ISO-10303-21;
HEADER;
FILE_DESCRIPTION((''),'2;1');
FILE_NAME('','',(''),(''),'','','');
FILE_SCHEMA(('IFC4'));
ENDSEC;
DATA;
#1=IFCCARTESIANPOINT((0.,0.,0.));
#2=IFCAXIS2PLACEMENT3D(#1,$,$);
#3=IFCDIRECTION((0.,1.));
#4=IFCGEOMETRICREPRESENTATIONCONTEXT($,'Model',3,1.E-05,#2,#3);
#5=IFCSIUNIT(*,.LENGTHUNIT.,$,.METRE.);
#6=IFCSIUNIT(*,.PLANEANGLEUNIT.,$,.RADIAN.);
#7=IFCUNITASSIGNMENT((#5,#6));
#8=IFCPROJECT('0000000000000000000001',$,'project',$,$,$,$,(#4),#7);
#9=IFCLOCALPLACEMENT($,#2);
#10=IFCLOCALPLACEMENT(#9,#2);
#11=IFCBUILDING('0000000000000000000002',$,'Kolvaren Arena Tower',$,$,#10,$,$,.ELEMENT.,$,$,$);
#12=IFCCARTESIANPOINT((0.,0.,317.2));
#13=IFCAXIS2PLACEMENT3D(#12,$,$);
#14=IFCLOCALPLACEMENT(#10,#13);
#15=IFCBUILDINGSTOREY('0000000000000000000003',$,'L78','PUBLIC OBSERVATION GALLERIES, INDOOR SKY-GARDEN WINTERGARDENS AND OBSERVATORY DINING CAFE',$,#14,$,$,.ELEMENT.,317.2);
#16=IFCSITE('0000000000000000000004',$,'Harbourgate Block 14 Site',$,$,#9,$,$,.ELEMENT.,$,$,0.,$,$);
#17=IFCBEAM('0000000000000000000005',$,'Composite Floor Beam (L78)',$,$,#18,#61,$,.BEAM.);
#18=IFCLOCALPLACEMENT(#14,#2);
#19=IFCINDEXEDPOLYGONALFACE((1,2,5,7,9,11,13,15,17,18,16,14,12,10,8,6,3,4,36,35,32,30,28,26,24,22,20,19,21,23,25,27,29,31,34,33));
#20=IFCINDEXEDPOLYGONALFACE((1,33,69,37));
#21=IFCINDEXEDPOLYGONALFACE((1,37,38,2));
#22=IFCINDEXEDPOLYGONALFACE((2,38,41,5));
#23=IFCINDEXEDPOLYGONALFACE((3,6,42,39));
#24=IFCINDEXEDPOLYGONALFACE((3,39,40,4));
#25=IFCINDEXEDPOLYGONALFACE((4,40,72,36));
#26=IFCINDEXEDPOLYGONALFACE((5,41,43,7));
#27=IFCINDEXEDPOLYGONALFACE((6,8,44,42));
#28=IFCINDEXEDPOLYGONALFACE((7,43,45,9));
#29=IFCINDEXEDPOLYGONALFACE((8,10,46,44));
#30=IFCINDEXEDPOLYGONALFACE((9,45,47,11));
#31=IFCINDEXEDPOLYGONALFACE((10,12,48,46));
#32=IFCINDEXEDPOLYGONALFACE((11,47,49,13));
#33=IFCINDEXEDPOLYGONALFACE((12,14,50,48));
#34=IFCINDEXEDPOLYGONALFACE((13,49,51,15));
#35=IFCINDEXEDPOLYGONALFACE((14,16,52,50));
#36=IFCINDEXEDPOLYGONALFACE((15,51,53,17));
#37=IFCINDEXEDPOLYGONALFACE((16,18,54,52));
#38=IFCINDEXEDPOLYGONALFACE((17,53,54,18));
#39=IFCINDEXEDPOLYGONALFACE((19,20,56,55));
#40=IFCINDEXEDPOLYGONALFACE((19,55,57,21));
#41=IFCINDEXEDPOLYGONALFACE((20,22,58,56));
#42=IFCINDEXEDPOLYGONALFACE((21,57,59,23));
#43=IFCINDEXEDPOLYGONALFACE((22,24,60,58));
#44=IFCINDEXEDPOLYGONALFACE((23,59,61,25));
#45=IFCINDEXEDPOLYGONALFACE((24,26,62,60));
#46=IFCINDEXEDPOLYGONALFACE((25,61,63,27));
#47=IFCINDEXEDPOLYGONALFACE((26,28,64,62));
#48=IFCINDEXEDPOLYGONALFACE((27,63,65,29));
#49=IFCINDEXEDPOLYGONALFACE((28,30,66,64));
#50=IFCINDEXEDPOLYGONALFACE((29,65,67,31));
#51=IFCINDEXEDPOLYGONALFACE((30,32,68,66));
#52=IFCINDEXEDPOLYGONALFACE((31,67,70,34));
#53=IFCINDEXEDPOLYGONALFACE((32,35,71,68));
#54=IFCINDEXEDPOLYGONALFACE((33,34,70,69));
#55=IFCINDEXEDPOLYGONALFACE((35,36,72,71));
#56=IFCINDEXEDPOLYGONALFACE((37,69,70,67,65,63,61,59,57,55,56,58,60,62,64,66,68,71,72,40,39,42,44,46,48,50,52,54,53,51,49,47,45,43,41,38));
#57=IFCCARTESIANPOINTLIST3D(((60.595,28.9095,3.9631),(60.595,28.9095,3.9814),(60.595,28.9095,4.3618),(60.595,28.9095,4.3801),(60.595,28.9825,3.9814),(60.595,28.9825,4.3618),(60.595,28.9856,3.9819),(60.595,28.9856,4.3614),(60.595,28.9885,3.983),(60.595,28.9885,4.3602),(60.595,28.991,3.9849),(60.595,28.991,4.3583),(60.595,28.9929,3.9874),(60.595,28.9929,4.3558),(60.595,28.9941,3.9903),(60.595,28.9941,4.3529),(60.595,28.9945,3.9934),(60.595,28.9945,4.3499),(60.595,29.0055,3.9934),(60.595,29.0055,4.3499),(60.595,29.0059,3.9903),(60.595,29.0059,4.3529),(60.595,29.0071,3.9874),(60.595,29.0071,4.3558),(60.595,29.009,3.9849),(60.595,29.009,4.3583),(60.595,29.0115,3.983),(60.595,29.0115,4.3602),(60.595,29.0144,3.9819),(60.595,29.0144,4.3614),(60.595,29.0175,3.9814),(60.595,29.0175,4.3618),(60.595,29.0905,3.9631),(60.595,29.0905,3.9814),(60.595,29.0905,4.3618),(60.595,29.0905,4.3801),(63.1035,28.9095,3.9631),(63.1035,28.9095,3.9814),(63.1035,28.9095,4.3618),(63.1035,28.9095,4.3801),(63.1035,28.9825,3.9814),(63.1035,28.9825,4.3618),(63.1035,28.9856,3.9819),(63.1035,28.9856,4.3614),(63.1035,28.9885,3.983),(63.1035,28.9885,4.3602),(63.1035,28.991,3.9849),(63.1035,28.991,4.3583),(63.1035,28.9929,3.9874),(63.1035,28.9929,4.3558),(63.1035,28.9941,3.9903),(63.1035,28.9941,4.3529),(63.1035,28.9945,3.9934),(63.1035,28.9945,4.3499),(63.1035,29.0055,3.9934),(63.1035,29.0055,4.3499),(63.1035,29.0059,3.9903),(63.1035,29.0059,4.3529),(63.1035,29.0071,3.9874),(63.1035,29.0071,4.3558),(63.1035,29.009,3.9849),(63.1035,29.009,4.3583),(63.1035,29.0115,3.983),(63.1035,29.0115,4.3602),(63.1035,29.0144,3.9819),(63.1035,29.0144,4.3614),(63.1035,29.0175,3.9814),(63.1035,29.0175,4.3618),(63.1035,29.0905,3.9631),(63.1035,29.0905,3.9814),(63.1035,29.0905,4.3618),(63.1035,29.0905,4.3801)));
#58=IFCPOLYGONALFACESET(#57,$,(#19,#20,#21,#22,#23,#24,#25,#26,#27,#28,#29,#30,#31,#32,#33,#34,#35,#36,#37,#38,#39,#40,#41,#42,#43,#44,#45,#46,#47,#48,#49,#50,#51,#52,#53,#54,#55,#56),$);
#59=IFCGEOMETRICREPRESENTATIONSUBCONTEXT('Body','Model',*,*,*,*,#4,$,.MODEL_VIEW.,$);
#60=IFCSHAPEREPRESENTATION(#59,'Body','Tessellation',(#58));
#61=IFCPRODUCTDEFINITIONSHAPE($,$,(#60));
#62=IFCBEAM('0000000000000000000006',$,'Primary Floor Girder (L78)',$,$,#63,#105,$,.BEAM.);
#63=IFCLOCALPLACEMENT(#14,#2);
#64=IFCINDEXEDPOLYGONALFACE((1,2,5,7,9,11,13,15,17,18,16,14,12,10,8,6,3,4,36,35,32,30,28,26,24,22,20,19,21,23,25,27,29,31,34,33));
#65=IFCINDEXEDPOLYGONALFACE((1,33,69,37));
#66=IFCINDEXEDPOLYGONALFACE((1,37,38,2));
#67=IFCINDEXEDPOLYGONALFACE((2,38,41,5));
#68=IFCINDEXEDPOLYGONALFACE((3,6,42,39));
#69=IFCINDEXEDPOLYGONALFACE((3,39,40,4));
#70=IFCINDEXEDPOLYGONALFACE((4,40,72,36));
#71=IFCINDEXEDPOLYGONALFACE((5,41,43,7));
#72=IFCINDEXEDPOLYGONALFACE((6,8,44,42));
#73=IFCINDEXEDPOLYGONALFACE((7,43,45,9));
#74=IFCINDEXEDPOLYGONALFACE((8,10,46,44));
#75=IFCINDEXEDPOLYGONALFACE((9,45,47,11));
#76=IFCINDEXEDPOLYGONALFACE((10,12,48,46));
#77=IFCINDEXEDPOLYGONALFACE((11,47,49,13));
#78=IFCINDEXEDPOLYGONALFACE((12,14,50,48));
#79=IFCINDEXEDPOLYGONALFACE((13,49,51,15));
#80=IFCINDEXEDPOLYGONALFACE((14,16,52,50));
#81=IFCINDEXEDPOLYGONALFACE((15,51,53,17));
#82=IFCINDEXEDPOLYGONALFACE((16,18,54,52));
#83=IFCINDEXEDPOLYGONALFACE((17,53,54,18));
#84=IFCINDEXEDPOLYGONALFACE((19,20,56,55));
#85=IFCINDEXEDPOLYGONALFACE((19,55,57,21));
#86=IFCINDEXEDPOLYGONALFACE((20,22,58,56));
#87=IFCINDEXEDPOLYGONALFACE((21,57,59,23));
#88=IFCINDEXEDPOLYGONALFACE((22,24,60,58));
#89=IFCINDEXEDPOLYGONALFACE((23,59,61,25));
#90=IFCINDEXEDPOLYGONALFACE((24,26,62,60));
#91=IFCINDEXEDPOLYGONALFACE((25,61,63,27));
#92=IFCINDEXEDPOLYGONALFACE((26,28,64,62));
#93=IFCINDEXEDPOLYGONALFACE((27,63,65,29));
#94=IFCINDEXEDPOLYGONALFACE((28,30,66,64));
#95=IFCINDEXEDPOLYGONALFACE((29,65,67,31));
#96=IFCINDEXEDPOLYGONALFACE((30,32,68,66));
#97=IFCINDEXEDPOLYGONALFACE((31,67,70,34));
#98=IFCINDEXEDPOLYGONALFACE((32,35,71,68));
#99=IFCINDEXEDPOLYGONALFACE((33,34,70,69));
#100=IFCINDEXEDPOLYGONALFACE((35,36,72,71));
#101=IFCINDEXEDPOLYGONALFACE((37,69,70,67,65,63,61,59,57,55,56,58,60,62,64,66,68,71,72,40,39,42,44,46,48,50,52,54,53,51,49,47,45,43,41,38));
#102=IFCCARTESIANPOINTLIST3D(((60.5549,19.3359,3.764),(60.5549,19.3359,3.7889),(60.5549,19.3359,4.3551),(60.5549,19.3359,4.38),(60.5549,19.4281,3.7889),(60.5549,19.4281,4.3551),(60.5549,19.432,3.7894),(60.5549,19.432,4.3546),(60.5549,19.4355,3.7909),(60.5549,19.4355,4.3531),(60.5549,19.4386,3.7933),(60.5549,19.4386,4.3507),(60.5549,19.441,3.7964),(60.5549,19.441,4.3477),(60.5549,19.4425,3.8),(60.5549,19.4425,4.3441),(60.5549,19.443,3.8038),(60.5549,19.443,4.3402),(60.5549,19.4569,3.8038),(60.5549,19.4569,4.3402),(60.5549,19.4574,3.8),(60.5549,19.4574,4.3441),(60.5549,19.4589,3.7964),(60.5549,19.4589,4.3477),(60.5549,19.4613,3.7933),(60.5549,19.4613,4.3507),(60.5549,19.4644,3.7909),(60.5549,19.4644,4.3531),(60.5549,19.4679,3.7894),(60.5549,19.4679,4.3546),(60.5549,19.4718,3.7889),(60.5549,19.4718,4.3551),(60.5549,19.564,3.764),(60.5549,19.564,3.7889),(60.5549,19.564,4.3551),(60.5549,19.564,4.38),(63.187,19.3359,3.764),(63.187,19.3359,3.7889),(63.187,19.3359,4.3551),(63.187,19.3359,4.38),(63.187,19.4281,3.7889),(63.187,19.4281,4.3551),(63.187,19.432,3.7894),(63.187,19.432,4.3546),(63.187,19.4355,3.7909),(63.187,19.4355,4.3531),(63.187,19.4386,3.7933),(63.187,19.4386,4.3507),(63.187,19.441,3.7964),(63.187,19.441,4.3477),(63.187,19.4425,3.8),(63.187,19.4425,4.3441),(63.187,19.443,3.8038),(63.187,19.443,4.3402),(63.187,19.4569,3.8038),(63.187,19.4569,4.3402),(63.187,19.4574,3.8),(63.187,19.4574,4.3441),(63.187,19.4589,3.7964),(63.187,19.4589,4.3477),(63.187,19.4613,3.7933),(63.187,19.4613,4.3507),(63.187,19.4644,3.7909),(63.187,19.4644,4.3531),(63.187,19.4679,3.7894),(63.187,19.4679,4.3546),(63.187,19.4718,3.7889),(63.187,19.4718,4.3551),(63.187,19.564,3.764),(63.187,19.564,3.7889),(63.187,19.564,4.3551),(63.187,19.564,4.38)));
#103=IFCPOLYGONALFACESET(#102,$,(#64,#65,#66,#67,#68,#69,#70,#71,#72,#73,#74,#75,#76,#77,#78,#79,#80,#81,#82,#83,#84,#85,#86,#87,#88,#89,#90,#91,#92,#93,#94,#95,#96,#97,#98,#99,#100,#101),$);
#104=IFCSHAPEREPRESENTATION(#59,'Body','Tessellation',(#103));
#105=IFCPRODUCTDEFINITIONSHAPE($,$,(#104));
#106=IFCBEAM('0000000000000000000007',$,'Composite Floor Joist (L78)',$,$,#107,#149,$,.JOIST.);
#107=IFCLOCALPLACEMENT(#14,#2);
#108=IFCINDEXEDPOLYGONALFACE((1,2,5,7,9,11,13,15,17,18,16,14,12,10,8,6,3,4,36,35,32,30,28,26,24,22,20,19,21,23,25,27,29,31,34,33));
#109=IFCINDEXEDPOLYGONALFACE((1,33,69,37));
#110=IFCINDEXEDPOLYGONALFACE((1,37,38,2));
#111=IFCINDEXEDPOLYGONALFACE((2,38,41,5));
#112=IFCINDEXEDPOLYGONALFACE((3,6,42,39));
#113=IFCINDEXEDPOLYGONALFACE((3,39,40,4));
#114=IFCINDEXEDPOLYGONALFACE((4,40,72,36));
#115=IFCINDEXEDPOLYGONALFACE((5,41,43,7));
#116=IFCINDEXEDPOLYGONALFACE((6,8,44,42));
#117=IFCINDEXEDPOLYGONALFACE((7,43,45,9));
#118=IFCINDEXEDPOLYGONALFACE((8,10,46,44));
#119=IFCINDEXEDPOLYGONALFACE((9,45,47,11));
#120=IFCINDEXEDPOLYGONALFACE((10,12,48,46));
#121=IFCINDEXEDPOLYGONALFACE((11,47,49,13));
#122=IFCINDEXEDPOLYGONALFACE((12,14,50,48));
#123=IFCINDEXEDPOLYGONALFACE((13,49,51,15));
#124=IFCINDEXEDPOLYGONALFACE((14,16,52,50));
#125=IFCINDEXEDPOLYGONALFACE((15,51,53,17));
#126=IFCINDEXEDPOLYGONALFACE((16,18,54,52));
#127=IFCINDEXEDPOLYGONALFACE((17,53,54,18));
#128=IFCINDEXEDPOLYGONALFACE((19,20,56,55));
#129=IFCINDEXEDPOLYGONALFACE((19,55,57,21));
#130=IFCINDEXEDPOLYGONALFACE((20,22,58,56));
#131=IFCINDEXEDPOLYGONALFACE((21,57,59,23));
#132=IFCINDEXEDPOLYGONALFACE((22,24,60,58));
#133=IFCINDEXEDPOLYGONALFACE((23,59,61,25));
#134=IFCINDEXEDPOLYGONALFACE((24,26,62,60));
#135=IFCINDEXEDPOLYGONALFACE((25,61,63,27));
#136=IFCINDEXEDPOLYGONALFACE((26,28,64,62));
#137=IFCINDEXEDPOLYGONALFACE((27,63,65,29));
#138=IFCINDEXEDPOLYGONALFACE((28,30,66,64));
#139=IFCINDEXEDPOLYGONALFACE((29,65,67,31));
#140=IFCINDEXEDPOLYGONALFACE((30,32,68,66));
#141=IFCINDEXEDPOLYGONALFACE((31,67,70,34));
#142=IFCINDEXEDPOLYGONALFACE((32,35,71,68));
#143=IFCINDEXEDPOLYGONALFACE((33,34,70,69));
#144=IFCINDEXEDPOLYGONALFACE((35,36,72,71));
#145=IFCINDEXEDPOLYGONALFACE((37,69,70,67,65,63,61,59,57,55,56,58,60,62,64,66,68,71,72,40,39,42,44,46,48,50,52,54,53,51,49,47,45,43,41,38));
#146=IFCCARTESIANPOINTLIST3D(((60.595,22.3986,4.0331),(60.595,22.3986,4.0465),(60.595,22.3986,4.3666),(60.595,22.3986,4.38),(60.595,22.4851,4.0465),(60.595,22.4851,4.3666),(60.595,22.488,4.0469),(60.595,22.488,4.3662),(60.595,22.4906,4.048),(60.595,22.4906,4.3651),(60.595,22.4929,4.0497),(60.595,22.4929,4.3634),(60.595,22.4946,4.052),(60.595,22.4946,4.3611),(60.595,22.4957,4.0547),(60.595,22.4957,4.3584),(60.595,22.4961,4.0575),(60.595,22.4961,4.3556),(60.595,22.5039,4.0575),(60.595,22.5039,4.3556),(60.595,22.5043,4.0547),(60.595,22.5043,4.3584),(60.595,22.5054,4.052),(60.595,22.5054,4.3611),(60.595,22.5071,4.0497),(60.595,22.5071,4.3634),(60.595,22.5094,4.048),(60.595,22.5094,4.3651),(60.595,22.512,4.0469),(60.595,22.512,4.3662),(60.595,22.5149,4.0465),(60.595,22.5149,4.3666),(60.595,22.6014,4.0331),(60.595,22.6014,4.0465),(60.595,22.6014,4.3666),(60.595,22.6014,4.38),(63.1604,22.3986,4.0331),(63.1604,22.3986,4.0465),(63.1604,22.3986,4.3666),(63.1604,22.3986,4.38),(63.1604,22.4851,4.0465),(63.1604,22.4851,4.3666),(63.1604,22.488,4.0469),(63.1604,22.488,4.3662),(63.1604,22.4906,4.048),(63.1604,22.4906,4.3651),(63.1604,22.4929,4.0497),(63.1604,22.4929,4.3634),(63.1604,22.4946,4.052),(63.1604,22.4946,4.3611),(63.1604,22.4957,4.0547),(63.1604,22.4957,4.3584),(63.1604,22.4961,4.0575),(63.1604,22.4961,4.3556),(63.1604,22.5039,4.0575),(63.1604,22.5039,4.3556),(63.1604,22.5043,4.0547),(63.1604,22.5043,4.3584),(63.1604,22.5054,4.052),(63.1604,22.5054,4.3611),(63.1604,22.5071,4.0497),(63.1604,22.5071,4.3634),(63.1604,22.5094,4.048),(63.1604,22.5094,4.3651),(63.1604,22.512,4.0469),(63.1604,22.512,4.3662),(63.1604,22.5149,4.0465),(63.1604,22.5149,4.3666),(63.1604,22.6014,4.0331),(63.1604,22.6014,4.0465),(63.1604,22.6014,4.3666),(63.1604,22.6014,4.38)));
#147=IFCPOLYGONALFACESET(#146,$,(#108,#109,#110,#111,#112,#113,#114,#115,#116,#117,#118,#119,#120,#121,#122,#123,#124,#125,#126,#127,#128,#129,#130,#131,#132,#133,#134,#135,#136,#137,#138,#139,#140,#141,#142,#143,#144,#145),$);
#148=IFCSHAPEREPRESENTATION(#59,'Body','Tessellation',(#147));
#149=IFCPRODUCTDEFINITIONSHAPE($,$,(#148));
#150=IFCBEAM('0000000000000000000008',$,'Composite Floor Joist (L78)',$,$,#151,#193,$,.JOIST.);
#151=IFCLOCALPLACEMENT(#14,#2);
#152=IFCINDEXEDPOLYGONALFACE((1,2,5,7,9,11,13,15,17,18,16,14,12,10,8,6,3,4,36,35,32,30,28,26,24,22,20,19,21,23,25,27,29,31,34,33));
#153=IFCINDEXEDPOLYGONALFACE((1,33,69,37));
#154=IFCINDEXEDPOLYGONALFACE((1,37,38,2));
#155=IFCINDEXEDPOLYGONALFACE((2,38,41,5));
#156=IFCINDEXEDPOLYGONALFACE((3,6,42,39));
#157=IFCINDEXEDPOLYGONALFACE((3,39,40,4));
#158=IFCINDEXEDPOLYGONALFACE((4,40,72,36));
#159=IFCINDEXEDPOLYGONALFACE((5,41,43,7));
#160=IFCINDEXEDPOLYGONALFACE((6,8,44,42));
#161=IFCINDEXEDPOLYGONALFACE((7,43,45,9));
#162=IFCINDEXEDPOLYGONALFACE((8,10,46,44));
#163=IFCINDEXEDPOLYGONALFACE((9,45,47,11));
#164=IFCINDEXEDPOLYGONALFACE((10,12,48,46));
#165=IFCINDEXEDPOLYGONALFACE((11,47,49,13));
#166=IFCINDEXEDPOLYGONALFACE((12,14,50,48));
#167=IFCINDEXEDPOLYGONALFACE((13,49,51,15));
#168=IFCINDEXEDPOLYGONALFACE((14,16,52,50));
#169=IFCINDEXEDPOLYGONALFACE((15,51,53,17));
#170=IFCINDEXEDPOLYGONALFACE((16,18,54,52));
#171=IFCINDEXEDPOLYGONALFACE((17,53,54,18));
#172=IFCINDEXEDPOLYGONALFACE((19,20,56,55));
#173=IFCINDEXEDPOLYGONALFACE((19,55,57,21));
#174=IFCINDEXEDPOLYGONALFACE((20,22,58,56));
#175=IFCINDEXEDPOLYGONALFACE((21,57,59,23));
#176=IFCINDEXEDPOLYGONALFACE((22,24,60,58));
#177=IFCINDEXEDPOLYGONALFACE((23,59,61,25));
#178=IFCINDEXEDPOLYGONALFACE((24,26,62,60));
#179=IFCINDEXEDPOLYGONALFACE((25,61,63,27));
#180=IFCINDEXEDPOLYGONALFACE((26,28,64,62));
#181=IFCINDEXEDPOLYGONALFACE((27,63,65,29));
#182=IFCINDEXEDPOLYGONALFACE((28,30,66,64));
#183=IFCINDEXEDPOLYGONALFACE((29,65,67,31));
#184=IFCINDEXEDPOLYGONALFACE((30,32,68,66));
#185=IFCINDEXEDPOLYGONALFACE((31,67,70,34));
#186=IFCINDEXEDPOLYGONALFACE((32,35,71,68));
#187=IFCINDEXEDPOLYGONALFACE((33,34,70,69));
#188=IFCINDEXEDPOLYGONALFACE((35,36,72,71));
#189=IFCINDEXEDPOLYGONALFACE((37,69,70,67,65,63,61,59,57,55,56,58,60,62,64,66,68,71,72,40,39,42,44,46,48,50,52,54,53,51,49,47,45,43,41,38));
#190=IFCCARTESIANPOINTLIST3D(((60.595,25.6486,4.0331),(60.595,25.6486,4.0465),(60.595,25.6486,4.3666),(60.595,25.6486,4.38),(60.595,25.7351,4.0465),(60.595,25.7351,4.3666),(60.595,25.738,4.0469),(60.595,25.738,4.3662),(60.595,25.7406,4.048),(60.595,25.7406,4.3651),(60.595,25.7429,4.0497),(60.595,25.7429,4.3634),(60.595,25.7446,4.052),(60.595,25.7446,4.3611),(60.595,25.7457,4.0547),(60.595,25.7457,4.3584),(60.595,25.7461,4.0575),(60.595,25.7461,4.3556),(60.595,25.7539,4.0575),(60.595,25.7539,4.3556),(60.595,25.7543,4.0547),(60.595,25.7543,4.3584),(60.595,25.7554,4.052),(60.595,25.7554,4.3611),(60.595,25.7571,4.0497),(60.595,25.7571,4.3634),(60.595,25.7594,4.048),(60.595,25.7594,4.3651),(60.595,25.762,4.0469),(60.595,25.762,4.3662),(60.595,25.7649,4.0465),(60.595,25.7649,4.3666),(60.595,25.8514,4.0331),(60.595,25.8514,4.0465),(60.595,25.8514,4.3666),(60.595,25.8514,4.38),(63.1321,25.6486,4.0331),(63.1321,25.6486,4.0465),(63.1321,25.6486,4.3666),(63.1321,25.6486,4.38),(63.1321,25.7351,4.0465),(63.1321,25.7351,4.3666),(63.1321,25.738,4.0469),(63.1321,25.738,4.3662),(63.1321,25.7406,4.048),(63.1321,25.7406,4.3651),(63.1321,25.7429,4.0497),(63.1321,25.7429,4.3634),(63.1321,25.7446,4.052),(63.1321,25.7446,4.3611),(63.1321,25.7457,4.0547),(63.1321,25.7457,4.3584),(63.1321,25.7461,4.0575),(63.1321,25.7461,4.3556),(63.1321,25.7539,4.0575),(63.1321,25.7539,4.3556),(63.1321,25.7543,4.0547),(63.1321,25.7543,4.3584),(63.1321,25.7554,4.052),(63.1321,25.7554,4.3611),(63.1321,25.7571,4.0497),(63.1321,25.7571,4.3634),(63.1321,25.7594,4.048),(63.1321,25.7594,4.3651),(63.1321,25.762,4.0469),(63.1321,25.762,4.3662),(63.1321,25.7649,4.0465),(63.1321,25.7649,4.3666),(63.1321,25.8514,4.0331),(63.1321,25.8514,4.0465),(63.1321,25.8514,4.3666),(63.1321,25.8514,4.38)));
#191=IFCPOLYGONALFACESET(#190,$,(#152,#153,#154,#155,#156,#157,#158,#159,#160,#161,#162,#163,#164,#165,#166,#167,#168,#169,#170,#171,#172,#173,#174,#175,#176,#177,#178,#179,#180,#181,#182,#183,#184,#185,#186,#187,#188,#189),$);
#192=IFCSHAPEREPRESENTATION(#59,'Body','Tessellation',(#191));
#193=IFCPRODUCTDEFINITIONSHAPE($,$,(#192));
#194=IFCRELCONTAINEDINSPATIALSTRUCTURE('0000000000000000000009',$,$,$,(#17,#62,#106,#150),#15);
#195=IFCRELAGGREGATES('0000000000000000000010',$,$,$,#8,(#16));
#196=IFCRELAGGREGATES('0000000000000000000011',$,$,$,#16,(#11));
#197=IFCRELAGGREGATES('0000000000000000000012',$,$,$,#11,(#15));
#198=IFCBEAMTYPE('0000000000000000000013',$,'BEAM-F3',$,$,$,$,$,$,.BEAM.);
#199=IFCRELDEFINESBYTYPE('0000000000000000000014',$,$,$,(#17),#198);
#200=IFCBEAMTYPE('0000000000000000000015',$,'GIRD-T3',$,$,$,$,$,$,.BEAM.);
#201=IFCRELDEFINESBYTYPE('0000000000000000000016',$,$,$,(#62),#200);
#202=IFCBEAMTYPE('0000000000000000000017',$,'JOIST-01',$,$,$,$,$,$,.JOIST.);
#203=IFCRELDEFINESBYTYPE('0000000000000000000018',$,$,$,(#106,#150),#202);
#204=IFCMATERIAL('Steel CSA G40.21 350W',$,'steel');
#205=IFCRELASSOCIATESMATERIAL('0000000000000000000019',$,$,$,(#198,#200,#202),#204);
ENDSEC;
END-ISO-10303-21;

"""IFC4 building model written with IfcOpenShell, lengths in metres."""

from ifc_helpers import new_model, si_unit, direction, frame, origin, origin_2d, place, context, subcontext, project, spatial, i_section, extrude, material, material_profile, profile_set, type_object, element, save


model = new_model("IFC4")

# Units and contexts
model_context = context("Model", 3, precision=1e-05, world=origin(), true_north=direction((0.0, 1.0)))
body_context = subcontext(model_context, "Body", "Model", "MODEL_VIEW")
ifc_project = project(units=[si_unit("LENGTHUNIT", "METRE"), si_unit("PLANEANGLEUNIT", "RADIAN")], contexts=[model_context])

# Site, building, storey
site_placement = place(None, origin())
site = spatial("IfcSite", under=ifc_project, at=site_placement, Name="Harbourgate Block 14 Site", CompositionType="ELEMENT", RefElevation=0.0)
building_placement = place(site_placement, origin())
building = spatial("IfcBuilding", under=site, at=building_placement, Name="Kolvaren Arena Tower", CompositionType="ELEMENT")
storey_placement = place(building_placement, frame((0.0, 0.0, 317.2)))
storey = spatial("IfcBuildingStorey", under=building, at=storey_placement, Name="L78", Description="PUBLIC OBSERVATION GALLERIES, INDOOR SKY-GARDEN WINTERGARDENS AND OBSERVATORY DINING CAFE", CompositionType="ELEMENT", Elevation=317.2)

# Beams
ifc_material_1 = material(Name="Steel CSA G40.21 350W", Category="steel")
ifc_material_profile_1 = material_profile(ifc_material_1, i_section(OverallWidth=0.1809, OverallDepth=0.417, WebThickness=0.011, FlangeThickness=0.0183, FilletRadius=0.012, at=origin_2d()), Name="W410x85")
ifc_profile_set_1 = profile_set([ifc_material_profile_1], Name="Steel CSA G40.21 350W")
beam_type_1 = type_object("IfcBeamType", Name="BEAM-F3", PredefinedType="BEAM", material=ifc_profile_set_1)
beam_1_placement = place(storey_placement, frame((60.595, 29.0, 4.1716), z_axis=(1.0, 0.0, 0.0), x_axis=(0.0, 1.0, 0.0)))
element("IfcBeam", 1, at=beam_1_placement, inside=storey, type_object=beam_type_1, Name="Composite Floor Beam (L78)", PredefinedType="BEAM", context=body_context, shape_type="SweptSolid", body=[
    extrude(i_section(OverallWidth=0.1809, OverallDepth=0.417, WebThickness=0.011, FlangeThickness=0.0183, FilletRadius=0.012, at=origin_2d()), origin(), (0.0, 0.0, 1.0), 2.5085),
])
ifc_material_profile_2 = material_profile(ifc_material_1, i_section(OverallWidth=0.228, OverallDepth=0.616, WebThickness=0.0139, FlangeThickness=0.0249, FilletRadius=0.0149, at=origin_2d()), Name="W610x174")
ifc_profile_set_2 = profile_set([ifc_material_profile_2], Name="Steel CSA G40.21 350W")
beam_type_2 = type_object("IfcBeamType", Name="GIRD-T3", PredefinedType="BEAM", material=ifc_profile_set_2)
beam_2_placement = place(storey_placement, frame((60.5549, 19.45, 4.072), z_axis=(1.0, 0.0, 0.0), x_axis=(0.0, 1.0, 0.0)))
element("IfcBeam", 2, at=beam_2_placement, inside=storey, type_object=beam_type_2, Name="Primary Floor Girder (L78)", PredefinedType="BEAM", context=body_context, shape_type="SweptSolid", body=[
    extrude(i_section(OverallWidth=0.228, OverallDepth=0.616, WebThickness=0.0139, FlangeThickness=0.0249, FilletRadius=0.0149, at=origin_2d()), origin(), (0.0, 0.0, 1.0), 2.6321),
])
ifc_material_profile_3 = material_profile(ifc_material_1, i_section(OverallWidth=0.2029, OverallDepth=0.3469, WebThickness=0.0078, FlangeThickness=0.0134, FilletRadius=0.011, at=origin_2d()), Name="W360x64")
ifc_profile_set_3 = profile_set([ifc_material_profile_3], Name="Steel CSA G40.21 350W")
beam_type_3 = type_object("IfcBeamType", Name="JOIST-01", PredefinedType="JOIST", material=ifc_profile_set_3)
beam_3_placement = place(storey_placement, frame((60.595, 22.5, 4.2065), z_axis=(1.0, 0.0, 0.0), x_axis=(0.0, 1.0, 0.0)))
element("IfcBeam", 3, at=beam_3_placement, inside=storey, type_object=beam_type_3, Name="Composite Floor Joist (L78)", PredefinedType="JOIST", context=body_context, shape_type="SweptSolid", body=[
    extrude(i_section(OverallWidth=0.2029, OverallDepth=0.3469, WebThickness=0.0078, FlangeThickness=0.0134, FilletRadius=0.011, at=origin_2d()), origin(), (0.0, 0.0, 1.0), 2.5654),
])
beam_4_placement = place(storey_placement, frame((60.595, 25.75, 4.2065), z_axis=(1.0, 0.0, 0.0), x_axis=(0.0, 1.0, 0.0)))
element("IfcBeam", 4, at=beam_4_placement, inside=storey, type_object=beam_type_3, Name="Composite Floor Joist (L78)", PredefinedType="JOIST", context=body_context, shape_type="SweptSolid", body=[
    extrude(i_section(OverallWidth=0.2029, OverallDepth=0.3469, WebThickness=0.0078, FlangeThickness=0.0134, FilletRadius=0.011, at=origin_2d()), origin(), (0.0, 0.0, 1.0), 2.5371),
])

save(model, "model.ifc")
